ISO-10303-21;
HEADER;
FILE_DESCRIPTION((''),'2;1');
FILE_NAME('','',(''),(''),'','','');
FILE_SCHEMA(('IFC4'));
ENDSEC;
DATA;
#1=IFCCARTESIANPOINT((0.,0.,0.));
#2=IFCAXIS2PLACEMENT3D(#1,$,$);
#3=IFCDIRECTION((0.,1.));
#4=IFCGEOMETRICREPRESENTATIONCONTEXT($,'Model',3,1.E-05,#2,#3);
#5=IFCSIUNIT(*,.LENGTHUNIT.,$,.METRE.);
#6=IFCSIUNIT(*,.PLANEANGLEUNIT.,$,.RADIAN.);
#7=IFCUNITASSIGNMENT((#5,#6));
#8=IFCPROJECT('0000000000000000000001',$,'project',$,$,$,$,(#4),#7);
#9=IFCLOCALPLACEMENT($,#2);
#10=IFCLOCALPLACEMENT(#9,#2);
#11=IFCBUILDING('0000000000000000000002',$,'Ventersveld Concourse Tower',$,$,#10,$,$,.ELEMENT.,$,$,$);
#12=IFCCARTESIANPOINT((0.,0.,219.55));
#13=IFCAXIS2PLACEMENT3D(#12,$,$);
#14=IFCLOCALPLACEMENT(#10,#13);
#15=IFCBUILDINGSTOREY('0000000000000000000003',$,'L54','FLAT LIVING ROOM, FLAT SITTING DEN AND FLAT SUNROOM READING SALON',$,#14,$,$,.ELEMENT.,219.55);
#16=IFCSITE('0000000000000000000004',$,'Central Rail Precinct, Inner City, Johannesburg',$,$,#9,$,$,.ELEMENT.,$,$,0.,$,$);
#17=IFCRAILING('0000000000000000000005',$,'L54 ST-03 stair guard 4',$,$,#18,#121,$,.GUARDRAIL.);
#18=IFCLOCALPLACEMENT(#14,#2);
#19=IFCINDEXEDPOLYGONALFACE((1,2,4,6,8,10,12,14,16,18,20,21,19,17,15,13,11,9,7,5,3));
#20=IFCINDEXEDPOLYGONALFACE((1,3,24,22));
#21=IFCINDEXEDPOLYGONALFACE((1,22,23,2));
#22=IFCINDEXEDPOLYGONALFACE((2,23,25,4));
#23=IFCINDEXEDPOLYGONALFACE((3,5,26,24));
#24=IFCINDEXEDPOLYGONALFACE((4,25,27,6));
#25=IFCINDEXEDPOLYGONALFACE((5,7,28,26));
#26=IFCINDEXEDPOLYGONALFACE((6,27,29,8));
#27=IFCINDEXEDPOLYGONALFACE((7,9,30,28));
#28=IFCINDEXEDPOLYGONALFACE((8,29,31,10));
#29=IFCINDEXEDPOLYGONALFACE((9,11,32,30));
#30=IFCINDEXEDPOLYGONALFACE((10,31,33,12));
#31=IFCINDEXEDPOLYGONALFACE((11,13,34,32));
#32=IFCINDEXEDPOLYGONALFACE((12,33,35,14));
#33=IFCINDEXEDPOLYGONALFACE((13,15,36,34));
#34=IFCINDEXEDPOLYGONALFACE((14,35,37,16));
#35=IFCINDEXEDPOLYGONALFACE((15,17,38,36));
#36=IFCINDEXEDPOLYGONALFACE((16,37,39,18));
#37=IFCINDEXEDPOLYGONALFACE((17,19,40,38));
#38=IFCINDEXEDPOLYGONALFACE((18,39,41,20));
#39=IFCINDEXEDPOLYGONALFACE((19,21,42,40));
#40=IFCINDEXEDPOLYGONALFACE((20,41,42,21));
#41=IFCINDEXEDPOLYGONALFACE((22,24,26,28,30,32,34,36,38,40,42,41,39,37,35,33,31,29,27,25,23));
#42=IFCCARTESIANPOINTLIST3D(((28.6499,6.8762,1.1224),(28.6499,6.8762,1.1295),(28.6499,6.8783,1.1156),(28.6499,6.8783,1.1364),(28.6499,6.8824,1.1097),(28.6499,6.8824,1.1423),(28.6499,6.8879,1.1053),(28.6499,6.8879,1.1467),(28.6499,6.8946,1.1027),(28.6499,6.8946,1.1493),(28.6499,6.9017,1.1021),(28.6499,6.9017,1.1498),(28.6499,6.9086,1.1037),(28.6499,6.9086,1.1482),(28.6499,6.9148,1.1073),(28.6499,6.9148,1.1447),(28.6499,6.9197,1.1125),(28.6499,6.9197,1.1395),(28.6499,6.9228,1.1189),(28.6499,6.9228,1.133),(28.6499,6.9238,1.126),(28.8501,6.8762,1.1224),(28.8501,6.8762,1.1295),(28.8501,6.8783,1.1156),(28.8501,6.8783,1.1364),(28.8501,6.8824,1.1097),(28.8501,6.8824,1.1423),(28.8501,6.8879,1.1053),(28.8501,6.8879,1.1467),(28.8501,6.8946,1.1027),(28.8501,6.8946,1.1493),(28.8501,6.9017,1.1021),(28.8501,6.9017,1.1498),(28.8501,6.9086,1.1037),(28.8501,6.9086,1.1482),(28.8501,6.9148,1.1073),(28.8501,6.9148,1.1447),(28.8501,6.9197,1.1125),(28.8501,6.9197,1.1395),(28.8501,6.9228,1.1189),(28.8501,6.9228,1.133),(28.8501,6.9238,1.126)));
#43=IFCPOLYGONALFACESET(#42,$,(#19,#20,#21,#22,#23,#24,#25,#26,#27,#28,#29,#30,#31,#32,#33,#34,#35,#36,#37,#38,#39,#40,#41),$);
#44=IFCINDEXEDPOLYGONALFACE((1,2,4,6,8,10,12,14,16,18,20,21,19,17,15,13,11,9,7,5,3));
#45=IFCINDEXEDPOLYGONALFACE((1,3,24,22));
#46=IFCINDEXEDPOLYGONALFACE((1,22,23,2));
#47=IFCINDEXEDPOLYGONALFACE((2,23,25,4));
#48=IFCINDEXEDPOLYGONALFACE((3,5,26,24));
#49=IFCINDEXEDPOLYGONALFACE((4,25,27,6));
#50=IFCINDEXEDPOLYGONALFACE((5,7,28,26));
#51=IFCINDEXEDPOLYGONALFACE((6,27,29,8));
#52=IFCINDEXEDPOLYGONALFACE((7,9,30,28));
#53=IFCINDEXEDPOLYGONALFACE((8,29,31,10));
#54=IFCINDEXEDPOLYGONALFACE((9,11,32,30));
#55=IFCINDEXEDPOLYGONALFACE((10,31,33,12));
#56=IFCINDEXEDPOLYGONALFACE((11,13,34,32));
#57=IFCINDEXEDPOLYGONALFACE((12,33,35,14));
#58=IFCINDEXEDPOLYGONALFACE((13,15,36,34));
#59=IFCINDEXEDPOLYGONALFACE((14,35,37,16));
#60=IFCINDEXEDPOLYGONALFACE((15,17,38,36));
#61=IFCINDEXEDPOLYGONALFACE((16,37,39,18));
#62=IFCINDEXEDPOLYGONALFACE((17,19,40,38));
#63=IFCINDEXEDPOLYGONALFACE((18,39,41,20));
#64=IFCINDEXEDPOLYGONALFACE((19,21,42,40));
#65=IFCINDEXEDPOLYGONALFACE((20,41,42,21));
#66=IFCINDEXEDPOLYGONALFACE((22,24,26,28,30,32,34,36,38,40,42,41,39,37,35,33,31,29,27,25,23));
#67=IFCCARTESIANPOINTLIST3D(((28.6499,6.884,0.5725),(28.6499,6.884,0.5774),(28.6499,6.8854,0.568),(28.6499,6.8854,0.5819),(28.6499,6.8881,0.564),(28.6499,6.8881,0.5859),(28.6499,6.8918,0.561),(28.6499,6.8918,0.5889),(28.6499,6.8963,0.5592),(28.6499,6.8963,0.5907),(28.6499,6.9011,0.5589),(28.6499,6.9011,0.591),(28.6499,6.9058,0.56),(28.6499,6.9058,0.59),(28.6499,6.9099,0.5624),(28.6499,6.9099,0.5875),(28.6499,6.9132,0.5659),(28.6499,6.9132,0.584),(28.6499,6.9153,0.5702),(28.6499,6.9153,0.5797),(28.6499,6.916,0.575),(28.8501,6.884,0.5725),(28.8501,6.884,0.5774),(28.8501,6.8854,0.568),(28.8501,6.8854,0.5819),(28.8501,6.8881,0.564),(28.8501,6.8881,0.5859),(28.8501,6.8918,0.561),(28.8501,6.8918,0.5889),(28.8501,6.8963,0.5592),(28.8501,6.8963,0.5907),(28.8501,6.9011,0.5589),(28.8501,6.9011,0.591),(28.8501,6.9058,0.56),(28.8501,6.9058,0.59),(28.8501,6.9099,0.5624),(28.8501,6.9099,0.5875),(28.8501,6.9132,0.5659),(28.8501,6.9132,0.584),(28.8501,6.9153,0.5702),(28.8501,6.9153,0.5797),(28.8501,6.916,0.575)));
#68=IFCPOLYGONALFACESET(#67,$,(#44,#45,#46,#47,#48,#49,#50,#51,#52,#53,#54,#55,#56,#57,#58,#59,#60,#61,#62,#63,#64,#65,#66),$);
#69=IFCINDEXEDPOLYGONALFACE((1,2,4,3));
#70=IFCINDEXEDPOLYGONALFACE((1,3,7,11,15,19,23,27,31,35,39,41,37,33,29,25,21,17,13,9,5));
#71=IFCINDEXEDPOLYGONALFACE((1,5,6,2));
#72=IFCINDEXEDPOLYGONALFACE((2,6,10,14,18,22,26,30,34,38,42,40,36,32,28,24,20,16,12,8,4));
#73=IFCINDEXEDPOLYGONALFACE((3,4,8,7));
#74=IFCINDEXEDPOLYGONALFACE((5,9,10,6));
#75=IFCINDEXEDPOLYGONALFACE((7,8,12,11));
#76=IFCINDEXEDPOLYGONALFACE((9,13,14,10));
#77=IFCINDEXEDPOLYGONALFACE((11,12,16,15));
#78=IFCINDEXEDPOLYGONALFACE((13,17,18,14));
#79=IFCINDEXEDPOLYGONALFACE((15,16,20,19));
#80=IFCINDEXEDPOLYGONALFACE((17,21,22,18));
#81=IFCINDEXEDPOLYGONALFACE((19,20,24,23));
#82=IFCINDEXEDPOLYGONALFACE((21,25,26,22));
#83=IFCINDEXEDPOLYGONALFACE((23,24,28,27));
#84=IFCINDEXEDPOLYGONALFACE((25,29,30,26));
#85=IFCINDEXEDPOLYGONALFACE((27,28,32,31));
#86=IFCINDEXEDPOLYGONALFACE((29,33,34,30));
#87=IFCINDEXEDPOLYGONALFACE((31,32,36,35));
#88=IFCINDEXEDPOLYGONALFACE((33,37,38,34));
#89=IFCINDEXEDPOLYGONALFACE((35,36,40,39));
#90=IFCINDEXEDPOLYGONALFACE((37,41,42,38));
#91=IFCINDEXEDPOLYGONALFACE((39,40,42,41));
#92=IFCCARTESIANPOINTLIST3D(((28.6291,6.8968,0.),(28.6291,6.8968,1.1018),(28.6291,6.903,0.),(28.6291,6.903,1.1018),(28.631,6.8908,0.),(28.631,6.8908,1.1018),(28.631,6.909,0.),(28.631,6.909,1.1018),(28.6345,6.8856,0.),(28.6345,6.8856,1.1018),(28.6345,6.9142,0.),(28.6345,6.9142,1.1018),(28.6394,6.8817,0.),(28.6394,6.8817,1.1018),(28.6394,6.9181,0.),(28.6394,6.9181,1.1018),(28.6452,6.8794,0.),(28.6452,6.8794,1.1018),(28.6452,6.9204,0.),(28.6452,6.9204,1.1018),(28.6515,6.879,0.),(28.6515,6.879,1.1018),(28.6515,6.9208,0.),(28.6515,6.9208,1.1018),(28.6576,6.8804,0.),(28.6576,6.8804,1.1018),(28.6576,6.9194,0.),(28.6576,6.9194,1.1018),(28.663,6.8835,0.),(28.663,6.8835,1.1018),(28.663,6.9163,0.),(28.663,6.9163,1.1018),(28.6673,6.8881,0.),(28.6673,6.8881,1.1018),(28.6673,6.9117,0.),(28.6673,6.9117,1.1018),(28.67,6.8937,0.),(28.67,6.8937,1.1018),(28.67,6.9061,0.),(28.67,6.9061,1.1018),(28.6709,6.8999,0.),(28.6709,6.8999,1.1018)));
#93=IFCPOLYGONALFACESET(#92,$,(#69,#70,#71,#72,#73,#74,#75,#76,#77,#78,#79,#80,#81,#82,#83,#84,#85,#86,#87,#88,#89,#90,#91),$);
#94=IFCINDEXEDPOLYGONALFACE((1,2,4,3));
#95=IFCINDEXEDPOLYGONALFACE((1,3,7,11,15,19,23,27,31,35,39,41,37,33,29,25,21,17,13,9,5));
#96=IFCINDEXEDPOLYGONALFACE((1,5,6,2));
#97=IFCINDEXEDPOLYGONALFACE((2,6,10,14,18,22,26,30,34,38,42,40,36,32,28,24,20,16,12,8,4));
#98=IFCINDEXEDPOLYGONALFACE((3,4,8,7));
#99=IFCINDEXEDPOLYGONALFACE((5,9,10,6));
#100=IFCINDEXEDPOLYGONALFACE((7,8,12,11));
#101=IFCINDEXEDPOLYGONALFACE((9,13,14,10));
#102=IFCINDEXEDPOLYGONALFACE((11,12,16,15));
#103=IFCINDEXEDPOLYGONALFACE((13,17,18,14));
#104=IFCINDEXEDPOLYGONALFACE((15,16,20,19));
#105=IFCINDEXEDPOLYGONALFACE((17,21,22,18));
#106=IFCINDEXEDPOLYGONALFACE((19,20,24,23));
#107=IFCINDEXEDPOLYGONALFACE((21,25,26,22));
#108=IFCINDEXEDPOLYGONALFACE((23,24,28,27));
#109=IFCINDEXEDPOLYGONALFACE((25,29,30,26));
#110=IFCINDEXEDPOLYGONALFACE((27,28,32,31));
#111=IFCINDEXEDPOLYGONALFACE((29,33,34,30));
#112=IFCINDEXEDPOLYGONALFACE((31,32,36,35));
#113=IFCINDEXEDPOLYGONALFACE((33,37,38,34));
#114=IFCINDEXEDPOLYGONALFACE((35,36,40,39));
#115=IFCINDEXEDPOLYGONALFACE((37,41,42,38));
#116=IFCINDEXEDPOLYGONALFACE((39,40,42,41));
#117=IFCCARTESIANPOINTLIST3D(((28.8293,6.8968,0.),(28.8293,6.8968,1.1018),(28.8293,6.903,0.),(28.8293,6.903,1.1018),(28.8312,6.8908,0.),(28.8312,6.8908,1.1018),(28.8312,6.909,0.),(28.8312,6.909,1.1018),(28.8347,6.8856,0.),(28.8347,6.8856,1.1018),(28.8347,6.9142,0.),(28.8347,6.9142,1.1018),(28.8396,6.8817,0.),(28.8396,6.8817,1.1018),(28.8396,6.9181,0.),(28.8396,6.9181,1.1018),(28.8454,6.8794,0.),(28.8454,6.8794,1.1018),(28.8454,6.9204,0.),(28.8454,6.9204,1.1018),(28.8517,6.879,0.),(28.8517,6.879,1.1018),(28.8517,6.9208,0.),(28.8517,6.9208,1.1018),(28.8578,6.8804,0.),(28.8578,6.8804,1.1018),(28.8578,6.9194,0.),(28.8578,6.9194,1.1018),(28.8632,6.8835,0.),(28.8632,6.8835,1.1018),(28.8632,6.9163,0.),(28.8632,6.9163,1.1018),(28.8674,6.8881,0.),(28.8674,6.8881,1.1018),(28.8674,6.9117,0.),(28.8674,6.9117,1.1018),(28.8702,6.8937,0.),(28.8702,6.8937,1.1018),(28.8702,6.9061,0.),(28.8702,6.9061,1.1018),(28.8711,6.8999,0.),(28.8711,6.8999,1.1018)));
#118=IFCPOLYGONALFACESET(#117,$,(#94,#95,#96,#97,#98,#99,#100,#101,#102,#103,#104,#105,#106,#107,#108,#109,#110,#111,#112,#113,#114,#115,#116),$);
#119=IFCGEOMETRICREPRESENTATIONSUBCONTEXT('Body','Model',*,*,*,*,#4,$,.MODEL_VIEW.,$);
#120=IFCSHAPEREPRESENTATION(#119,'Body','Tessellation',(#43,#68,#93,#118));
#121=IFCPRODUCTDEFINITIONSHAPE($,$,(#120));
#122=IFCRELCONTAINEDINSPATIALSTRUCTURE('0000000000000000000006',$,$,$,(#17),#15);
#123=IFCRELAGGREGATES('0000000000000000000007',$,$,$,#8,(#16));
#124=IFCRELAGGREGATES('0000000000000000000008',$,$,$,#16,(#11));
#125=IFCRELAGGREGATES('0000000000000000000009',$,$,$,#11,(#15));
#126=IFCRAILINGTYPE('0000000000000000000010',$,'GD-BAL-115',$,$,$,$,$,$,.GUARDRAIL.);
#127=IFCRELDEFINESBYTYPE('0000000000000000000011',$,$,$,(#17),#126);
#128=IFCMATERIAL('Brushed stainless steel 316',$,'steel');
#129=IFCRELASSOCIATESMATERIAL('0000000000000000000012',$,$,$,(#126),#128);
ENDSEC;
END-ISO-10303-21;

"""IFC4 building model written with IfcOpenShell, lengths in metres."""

from ifc_helpers import new_model, si_unit, direction, frame, origin, origin_2d, place, context, subcontext, project, spatial, circle, extrude, material, type_object, element, save


model = new_model("IFC4")

# Units and contexts
model_context = context("Model", 3, precision=1e-05, world=origin(), true_north=direction((0.0, 1.0)))
body_context = subcontext(model_context, "Body", "Model", "MODEL_VIEW")
ifc_project = project(units=[si_unit("LENGTHUNIT", "METRE"), si_unit("PLANEANGLEUNIT", "RADIAN")], contexts=[model_context])

# Site, building, storey
site_placement = place(None, origin())
site = spatial("IfcSite", under=ifc_project, at=site_placement, Name="Central Rail Precinct, Inner City, Johannesburg", CompositionType="ELEMENT", RefElevation=0.0)
building_placement = place(site_placement, origin())
building = spatial("IfcBuilding", under=site, at=building_placement, Name="Ventersveld Concourse Tower", CompositionType="ELEMENT")
storey_placement = place(building_placement, frame((0.0, 0.0, 219.55)))
storey = spatial("IfcBuildingStorey", under=building, at=storey_placement, Name="L54", Description="FLAT LIVING ROOM, FLAT SITTING DEN AND FLAT SUNROOM READING SALON", CompositionType="ELEMENT", Elevation=219.55)

# Shared definitions
ifc_material_1 = material(Name="Brushed stainless steel 316", Category="steel")

# Railing
railing_type_1 = type_object("IfcRailingType", Name="GD-BAL-115", PredefinedType="GUARDRAIL", material=ifc_material_1)
railing_1_placement = place(storey_placement, frame((28.6499, 6.8999, 0.0)))
element("IfcRailing", 1, at=railing_1_placement, inside=storey, type_object=railing_type_1, Name="L54 ST-03 stair guard 4", PredefinedType="GUARDRAIL", context=body_context, shape_type="SweptSolid", body=[
    extrude(circle(Radius=0.0239, at=origin_2d()), frame((0.0, 0.0, 1.126), z_axis=(1.0, 0.0, 0.0), x_axis=(0.0, 1.0, 0.0)), (0.0, 0.0, 1.0), 0.2002),
    extrude(circle(Radius=0.0161, at=origin_2d()), frame((0.0, 0.0, 0.575), z_axis=(1.0, 0.0, 0.0), x_axis=(0.0, 1.0, 0.0)), (0.0, 0.0, 1.0), 0.2002),
    extrude(circle(Radius=0.021, at=origin_2d()), origin(), (0.0, 0.0, 1.0), 1.1018),
    extrude(circle(Radius=0.021, at=origin_2d()), frame((0.2002, 0.0, 0.0)), (0.0, 0.0, 1.0), 1.1018),
])

save(model, "model.ifc")
